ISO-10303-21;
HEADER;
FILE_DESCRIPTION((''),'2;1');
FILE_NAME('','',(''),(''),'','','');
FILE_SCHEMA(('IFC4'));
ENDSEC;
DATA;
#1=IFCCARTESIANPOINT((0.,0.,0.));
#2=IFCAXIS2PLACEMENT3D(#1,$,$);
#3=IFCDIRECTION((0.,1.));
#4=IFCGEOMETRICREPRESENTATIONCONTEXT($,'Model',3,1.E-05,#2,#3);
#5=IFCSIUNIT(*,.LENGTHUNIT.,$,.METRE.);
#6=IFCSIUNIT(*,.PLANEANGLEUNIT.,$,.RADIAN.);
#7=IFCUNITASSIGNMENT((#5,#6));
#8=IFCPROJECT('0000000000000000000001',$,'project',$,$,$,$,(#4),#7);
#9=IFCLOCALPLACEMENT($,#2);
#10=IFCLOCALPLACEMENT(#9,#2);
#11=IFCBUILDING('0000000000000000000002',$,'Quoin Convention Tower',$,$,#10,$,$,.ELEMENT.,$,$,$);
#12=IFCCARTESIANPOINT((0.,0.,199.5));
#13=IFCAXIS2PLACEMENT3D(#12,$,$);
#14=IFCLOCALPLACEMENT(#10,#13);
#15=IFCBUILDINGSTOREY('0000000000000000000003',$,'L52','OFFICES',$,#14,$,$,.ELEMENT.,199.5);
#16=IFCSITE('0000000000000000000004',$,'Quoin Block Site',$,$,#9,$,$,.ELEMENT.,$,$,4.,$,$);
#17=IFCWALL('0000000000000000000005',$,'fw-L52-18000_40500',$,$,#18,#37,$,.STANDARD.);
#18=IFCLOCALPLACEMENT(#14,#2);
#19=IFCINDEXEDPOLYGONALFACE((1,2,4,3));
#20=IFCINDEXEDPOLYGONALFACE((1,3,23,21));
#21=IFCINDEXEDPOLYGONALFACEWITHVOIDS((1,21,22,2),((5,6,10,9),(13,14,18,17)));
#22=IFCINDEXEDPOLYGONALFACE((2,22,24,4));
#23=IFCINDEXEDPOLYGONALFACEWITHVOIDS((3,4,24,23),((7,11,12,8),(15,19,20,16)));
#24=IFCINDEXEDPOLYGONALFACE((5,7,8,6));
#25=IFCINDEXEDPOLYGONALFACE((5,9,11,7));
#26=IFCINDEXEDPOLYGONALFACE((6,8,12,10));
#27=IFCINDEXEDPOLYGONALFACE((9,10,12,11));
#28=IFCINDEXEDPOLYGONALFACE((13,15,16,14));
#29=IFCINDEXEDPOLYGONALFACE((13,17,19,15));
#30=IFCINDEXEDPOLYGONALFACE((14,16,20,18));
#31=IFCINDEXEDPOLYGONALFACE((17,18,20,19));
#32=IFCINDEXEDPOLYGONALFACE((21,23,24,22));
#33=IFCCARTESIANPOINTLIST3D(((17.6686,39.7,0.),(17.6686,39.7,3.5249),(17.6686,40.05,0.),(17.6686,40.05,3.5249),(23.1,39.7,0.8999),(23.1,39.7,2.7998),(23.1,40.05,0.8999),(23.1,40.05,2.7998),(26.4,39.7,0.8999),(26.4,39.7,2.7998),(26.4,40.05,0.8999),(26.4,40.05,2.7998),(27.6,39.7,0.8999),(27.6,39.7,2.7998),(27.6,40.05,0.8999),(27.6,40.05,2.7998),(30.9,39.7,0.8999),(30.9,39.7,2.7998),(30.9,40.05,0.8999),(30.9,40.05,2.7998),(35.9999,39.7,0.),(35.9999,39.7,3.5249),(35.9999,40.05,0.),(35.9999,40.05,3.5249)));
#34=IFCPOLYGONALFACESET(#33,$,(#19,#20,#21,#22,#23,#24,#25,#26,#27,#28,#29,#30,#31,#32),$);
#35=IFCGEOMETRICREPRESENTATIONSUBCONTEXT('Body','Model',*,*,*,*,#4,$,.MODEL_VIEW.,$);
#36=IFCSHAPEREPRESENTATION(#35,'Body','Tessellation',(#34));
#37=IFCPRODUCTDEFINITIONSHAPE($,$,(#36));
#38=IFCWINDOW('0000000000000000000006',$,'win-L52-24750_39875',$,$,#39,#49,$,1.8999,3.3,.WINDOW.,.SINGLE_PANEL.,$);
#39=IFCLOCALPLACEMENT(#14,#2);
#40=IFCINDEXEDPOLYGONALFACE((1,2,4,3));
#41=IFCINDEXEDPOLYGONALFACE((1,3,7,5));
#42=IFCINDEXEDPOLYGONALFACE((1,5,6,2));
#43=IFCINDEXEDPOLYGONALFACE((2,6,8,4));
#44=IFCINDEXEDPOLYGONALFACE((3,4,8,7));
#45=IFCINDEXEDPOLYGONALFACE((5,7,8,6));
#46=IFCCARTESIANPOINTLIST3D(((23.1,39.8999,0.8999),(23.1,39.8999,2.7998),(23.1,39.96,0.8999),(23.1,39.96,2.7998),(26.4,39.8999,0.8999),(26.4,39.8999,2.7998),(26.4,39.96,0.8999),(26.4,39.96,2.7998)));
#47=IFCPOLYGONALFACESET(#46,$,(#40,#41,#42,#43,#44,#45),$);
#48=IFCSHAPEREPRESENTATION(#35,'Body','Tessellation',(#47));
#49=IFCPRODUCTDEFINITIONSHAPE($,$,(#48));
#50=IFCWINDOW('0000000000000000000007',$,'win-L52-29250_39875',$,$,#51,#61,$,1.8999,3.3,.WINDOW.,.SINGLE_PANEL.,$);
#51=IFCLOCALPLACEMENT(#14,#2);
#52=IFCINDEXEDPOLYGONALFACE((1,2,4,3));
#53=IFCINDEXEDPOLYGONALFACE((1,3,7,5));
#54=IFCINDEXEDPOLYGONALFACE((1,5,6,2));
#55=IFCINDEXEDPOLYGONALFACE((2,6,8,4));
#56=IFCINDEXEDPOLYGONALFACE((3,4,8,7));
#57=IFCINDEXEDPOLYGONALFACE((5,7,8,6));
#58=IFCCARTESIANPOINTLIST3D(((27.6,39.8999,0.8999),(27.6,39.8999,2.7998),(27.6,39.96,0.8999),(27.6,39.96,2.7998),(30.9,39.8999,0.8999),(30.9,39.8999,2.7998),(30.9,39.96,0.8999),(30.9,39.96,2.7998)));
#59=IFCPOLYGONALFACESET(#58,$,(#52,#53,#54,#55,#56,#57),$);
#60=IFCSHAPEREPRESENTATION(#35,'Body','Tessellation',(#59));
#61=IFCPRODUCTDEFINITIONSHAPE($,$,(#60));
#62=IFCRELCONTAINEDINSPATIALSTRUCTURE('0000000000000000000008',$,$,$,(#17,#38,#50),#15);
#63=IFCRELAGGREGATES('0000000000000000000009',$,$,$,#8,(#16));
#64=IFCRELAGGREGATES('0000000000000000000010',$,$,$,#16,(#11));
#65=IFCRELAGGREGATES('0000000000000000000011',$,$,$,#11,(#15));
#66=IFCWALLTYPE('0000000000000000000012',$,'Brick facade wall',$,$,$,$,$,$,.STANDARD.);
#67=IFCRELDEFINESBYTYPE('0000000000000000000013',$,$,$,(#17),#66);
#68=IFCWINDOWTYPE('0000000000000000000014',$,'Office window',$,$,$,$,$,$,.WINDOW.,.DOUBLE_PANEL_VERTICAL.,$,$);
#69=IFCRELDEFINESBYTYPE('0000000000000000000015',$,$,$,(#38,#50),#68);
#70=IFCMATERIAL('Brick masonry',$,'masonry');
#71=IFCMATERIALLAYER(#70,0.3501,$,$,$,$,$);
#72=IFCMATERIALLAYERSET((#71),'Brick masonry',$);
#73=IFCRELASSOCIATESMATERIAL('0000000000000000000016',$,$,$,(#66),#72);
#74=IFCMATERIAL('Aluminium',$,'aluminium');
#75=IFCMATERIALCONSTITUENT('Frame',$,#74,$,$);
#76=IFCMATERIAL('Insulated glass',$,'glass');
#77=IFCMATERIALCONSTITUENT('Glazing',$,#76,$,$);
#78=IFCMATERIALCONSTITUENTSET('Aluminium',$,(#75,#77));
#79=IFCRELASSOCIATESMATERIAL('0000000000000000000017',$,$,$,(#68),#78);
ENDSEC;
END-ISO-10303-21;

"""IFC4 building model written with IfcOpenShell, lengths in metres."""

from ifc_helpers import new_model, si_unit, direction, frame, frame_2d, origin, place, context, subcontext, project, spatial, rectangle, extrude, material, layer, layer_set, constituent, constituent_set, type_object, element, fill, save


model = new_model("IFC4")

# Units and contexts
model_context = context("Model", 3, precision=1e-05, world=origin(), true_north=direction((0.0, 1.0)))
body_context = subcontext(model_context, "Body", "Model", "MODEL_VIEW")
ifc_project = project(units=[si_unit("LENGTHUNIT", "METRE"), si_unit("PLANEANGLEUNIT", "RADIAN")], contexts=[model_context])

# Site, building, storey
site_placement = place(None, origin())
site = spatial("IfcSite", under=ifc_project, at=site_placement, Name="Quoin Block Site", CompositionType="ELEMENT", RefElevation=4.0)
building_placement = place(site_placement, origin())
building = spatial("IfcBuilding", under=site, at=building_placement, Name="Quoin Convention Tower", CompositionType="ELEMENT")
storey_placement = place(building_placement, frame((0.0, 0.0, 199.5)))
storey = spatial("IfcBuildingStorey", under=building, at=storey_placement, Name="L52", Description="OFFICES", CompositionType="ELEMENT", Elevation=199.5)

# Wall, openings, windows
ifc_material_1 = material(Name="Brick masonry", Category="masonry")
ifc_layer_1 = layer(ifc_material_1, 0.3501)
ifc_layer_set_1 = layer_set([ifc_layer_1], Name="Brick masonry")
wall_type = type_object("IfcWallType", Name="Brick facade wall", PredefinedType="STANDARD", material=ifc_layer_set_1)
ifc_material_2 = material(Name="Aluminium", Category="aluminium")
ifc_constituent_1 = constituent(ifc_material_2, Name="Frame")
ifc_material_3 = material(Name="Insulated glass", Category="glass")
ifc_constituent_2 = constituent(ifc_material_3, Name="Glazing")
ifc_constituent_set = constituent_set(constituents=[ifc_constituent_1, ifc_constituent_2], Name="Aluminium")
window_type = type_object("IfcWindowType", Name="Office window", PartitioningType="DOUBLE_PANEL_VERTICAL", PredefinedType="WINDOW", material=ifc_constituent_set)
wall_1_placement = place(storey_placement, frame((17.6687, 39.875, 0.0), z_axis=(0.0, 0.0, 1.0), x_axis=(1.0, 0.0, 0.0)))
wall_1 = element("IfcWall", 1, at=wall_1_placement, inside=storey, type_object=wall_type, Name="fw-L52-18000_40500", PredefinedType="STANDARD", context=body_context, shape_type="SweptSolid", body=[
    extrude(rectangle(XDim=18.3313, YDim=0.3501, at=frame_2d((9.1655, 0.0))), origin(), (0.0, 0.0, 1.0), 3.5249),
])
opening_1_placement = place(wall_1_placement, frame((5.4314, 0.0, 0.8999)))
opening_1 = element("IfcOpeningElement", 2, at=opening_1_placement, cuts=wall_1, PredefinedType="OPENING", context=body_context, shape_type="SweptSolid", body=[
    extrude(rectangle(XDim=3.3, YDim=1.8999, at=frame_2d((1.6499, 0.95))), frame((0.0, 0.1851, 0.0), z_axis=(0.0, -1.0, 0.0), x_axis=(1.0, 0.0, 0.0)), (0.0, 0.0, 1.0), 0.3701),
])
opening_2_placement = place(wall_1_placement, frame((9.9314, 0.0, 0.8999)))
opening_2 = element("IfcOpeningElement", 3, at=opening_2_placement, cuts=wall_1, PredefinedType="OPENING", context=body_context, shape_type="SweptSolid", body=[
    extrude(rectangle(XDim=3.3, YDim=1.8999, at=frame_2d((1.6499, 0.95))), frame((0.0, 0.1851, 0.0), z_axis=(0.0, -1.0, 0.0), x_axis=(1.0, 0.0, 0.0)), (0.0, 0.0, 1.0), 0.3701),
])
window_1_placement = place(opening_1_placement, origin())
window_1 = element("IfcWindow", 4, at=window_1_placement, inside=storey, type_object=window_type, Name="win-L52-24750_39875", OverallHeight=1.8999, OverallWidth=3.3, PartitioningType="SINGLE_PANEL", PredefinedType="WINDOW", context=body_context, shape_type="SweptSolid", body=[
    extrude(rectangle(XDim=3.3, YDim=1.8999, at=frame_2d((1.6499, 0.95))), frame((0.0, 0.085, 0.0), z_axis=(0.0, -1.0, 0.0), x_axis=(1.0, 0.0, 0.0)), (0.0, 0.0, 1.0), 0.0601),
])
fill(opening_1, window_1)
window_2_placement = place(opening_2_placement, origin())
window_2 = element("IfcWindow", 5, at=window_2_placement, inside=storey, type_object=window_type, Name="win-L52-29250_39875", OverallHeight=1.8999, OverallWidth=3.3, PartitioningType="SINGLE_PANEL", PredefinedType="WINDOW", context=body_context, shape_type="SweptSolid", body=[
    extrude(rectangle(XDim=3.3, YDim=1.8999, at=frame_2d((1.6499, 0.95))), frame((0.0, 0.085, 0.0), z_axis=(0.0, -1.0, 0.0), x_axis=(1.0, 0.0, 0.0)), (0.0, 0.0, 1.0), 0.0601),
])
fill(opening_2, window_2)

save(model, "model.ifc")
